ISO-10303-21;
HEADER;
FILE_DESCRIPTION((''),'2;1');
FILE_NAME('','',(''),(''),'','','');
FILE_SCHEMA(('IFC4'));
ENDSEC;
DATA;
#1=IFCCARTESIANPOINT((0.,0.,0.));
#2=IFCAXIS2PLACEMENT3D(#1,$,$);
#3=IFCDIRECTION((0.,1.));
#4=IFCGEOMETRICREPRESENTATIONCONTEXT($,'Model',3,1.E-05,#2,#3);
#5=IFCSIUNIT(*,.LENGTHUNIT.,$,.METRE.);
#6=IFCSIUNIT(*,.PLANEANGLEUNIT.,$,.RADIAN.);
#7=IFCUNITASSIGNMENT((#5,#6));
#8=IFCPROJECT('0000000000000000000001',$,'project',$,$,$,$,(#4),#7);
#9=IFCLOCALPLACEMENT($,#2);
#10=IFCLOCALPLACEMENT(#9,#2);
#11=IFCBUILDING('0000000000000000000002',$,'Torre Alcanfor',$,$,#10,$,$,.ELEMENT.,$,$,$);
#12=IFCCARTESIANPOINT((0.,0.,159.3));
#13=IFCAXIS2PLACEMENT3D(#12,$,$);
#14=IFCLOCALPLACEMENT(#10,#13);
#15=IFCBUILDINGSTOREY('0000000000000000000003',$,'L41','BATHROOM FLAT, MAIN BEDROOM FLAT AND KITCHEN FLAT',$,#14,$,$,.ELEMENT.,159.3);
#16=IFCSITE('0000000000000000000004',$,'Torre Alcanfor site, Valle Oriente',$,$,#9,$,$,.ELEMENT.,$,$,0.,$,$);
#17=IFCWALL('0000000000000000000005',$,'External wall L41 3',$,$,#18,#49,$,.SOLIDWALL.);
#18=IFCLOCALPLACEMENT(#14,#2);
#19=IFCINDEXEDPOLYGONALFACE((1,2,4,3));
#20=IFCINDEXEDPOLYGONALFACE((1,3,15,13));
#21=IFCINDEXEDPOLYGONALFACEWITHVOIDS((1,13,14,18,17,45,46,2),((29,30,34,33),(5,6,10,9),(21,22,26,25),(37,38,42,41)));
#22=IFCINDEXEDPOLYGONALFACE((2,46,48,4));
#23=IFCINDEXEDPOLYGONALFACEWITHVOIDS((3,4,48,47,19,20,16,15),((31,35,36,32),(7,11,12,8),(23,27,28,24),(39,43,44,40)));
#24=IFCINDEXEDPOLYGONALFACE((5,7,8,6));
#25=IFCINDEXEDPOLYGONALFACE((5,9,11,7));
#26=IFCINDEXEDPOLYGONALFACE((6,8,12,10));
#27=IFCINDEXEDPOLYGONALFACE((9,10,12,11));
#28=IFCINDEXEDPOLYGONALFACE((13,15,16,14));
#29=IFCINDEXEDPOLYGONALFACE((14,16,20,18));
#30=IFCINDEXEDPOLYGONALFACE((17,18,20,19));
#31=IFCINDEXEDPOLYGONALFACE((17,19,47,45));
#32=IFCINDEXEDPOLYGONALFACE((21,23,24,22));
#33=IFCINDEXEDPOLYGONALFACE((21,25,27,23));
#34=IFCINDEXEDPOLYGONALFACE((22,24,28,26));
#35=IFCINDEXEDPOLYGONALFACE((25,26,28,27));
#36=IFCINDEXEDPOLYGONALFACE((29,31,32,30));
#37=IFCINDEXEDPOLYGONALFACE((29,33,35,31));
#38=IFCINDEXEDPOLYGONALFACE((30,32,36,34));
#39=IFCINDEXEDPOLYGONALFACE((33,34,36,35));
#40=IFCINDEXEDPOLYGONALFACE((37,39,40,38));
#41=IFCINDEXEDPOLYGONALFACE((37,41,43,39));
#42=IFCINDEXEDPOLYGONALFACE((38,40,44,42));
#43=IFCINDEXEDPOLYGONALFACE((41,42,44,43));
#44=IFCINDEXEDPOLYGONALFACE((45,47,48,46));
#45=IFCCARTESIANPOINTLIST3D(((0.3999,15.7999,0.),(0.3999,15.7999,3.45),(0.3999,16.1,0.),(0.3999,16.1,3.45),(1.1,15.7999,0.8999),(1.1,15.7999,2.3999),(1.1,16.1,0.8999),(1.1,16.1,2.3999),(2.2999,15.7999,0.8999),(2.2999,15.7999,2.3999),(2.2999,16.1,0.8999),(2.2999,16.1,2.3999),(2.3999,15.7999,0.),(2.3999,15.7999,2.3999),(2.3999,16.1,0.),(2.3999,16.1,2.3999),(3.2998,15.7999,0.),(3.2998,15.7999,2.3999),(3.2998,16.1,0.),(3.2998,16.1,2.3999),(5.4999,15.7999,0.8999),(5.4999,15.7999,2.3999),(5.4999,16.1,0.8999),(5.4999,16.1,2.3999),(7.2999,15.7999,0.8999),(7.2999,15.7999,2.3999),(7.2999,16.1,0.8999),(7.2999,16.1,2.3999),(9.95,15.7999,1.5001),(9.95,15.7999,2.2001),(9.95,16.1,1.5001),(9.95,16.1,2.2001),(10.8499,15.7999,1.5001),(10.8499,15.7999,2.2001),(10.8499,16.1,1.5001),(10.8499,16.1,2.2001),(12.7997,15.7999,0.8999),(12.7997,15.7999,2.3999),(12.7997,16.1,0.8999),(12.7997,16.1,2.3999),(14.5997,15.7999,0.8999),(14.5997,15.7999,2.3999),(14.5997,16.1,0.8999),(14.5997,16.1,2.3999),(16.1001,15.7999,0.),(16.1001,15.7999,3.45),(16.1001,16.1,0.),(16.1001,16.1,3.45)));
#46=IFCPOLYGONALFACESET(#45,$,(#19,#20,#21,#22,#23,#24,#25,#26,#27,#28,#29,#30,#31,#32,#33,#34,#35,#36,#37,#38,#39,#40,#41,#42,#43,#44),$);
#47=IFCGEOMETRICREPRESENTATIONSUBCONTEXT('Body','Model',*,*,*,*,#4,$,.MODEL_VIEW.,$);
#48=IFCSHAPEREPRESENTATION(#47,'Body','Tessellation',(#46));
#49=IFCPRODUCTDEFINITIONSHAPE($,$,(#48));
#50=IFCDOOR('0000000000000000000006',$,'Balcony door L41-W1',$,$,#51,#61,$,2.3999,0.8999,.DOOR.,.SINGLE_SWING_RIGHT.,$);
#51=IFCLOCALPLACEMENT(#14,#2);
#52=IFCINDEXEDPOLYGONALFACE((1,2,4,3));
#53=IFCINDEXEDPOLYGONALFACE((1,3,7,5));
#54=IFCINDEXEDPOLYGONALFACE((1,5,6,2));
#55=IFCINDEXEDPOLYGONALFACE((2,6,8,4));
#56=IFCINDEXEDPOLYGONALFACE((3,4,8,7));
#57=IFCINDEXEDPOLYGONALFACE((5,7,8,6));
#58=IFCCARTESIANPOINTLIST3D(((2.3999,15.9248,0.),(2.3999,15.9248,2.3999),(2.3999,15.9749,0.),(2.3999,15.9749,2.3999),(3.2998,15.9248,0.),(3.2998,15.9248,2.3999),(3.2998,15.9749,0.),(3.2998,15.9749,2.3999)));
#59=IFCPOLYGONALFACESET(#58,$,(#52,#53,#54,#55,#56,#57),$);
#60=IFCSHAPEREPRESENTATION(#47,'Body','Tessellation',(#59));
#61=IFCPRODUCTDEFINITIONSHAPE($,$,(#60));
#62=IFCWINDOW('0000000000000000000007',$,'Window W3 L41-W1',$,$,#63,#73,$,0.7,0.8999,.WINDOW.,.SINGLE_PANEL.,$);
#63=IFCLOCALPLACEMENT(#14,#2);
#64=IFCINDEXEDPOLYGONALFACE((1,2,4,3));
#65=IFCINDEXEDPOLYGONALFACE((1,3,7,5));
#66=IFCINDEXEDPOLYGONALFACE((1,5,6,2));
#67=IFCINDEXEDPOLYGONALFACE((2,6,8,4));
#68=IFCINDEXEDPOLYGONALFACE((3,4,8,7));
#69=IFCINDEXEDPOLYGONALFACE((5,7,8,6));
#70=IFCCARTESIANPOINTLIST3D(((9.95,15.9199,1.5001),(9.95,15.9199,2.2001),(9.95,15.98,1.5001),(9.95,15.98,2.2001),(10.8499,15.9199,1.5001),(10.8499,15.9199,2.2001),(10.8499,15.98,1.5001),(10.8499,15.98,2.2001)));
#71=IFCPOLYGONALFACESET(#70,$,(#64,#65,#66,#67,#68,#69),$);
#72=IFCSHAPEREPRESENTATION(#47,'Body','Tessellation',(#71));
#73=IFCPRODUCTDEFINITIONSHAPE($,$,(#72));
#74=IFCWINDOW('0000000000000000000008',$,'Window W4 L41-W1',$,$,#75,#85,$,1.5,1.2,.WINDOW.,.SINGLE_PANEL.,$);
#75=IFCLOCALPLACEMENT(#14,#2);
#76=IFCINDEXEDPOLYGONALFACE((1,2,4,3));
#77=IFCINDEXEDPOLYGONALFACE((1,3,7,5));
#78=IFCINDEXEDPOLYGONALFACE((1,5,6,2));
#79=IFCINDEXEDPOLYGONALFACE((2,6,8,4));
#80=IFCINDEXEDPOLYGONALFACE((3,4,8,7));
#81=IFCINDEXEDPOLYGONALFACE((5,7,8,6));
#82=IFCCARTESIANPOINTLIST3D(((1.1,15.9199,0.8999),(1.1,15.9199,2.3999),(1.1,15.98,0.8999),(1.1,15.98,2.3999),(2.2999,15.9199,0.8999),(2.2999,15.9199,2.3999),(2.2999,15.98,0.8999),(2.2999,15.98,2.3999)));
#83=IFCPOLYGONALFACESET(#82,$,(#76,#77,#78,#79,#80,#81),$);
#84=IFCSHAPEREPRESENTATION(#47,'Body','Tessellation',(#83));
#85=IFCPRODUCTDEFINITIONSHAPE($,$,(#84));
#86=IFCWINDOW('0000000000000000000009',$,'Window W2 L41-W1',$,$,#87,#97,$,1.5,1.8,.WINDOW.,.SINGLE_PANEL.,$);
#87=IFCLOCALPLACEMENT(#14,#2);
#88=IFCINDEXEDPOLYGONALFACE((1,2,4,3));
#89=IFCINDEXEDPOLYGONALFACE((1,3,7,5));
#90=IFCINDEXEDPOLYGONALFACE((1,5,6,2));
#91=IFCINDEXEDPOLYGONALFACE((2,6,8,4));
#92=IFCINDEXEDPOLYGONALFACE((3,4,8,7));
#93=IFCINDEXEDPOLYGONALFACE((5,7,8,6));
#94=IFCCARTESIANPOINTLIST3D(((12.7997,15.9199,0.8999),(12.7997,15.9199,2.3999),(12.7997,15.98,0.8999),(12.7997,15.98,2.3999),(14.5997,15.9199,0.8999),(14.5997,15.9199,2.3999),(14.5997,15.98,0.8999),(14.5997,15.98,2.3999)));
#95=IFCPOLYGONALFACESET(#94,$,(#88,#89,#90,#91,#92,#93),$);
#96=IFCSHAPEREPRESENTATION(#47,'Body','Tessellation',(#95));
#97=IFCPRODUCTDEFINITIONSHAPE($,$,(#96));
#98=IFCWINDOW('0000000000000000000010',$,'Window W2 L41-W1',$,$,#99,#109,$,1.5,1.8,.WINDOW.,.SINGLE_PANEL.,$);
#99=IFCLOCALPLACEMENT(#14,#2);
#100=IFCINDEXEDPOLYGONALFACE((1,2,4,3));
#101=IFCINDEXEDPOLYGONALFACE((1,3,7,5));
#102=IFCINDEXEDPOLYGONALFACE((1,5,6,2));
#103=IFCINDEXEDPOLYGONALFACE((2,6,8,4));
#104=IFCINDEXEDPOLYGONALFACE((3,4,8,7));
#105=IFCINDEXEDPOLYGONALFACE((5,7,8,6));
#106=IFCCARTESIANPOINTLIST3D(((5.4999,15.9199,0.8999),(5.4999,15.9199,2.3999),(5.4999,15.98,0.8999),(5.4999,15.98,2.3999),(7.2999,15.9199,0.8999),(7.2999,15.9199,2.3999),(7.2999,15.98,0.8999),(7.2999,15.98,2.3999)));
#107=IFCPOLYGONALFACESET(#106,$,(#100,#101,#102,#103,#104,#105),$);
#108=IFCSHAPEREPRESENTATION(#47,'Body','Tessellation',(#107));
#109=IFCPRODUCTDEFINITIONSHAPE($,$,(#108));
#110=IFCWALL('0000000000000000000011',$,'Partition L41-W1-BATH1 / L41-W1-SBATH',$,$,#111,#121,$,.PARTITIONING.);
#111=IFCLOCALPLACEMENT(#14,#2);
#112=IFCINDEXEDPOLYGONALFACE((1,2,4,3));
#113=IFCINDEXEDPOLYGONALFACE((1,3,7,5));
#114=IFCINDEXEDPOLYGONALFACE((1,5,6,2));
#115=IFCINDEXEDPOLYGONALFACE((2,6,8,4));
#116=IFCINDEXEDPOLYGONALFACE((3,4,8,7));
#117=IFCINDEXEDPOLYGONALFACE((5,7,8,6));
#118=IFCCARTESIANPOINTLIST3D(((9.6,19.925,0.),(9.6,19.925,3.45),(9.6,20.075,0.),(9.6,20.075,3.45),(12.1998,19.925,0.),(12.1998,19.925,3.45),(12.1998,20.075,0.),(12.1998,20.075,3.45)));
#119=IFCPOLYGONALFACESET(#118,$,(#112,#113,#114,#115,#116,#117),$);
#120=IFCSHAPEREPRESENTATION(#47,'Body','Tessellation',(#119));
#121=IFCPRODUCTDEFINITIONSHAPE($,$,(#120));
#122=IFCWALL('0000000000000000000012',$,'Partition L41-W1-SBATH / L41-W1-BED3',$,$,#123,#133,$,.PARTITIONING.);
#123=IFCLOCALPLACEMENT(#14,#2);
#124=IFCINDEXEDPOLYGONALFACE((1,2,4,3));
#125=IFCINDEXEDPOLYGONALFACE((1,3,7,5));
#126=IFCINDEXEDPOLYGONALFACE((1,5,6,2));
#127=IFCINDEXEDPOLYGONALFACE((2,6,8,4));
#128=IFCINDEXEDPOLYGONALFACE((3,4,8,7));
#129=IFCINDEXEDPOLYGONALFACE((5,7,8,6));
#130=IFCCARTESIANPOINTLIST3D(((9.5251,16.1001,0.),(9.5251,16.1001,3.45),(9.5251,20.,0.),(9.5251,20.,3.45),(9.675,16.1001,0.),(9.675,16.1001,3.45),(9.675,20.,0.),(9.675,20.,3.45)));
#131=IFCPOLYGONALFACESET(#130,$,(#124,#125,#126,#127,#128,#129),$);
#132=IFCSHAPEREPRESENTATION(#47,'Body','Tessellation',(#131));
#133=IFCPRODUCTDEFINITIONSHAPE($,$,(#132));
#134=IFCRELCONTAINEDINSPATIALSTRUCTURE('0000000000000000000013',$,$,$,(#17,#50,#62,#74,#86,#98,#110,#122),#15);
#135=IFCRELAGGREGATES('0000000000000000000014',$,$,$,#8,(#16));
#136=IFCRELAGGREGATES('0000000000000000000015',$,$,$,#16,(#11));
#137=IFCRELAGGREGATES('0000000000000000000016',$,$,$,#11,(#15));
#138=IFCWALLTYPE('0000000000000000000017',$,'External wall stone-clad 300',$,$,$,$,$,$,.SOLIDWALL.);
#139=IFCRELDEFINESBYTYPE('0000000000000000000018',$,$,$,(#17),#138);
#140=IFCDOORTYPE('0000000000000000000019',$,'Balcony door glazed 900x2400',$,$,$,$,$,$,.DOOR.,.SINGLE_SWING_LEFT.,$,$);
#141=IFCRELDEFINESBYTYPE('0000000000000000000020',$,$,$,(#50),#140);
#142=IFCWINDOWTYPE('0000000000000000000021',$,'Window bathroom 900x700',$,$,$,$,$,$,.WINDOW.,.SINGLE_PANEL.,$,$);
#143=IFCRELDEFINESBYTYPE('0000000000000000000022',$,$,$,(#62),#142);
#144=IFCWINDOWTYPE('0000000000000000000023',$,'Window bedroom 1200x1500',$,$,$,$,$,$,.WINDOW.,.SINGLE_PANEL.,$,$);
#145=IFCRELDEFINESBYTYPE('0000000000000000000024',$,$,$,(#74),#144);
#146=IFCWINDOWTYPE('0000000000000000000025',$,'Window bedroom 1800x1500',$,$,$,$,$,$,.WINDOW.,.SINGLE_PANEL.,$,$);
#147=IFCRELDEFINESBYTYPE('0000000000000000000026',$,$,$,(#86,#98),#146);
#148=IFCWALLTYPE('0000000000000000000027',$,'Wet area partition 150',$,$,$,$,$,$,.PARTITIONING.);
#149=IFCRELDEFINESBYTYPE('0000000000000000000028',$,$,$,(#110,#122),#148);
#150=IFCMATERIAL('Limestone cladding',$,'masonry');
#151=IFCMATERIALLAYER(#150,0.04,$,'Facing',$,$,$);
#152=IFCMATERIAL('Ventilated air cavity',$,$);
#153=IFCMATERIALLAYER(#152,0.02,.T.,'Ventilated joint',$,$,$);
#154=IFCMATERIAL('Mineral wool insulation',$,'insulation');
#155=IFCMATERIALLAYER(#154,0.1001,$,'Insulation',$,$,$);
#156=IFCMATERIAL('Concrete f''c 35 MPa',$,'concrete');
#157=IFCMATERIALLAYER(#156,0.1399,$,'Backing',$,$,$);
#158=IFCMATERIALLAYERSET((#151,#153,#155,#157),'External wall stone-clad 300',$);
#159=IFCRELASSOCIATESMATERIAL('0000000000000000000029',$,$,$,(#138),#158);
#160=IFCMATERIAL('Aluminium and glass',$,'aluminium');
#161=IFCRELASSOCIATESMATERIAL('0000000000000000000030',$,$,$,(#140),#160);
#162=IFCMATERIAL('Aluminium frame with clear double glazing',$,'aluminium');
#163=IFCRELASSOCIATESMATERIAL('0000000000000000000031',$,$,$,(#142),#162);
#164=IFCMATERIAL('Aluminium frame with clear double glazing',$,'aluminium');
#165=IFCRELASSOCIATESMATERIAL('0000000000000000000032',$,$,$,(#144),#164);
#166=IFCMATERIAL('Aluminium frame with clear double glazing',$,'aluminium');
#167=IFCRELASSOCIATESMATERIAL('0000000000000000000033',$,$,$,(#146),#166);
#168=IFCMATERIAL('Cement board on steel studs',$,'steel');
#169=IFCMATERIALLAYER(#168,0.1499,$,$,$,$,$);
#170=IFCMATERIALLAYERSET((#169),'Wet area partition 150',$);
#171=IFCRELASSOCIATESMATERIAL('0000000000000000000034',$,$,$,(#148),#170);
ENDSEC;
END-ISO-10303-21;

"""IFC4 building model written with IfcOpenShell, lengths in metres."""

from ifc_helpers import new_model, si_unit, direction, frame, frame_2d, origin, place, context, subcontext, project, spatial, rectangle, extrude, material, layer, layer_set, type_object, element, fill, save


model = new_model("IFC4")

# Units and contexts
model_context = context("Model", 3, precision=1e-05, world=origin(), true_north=direction((0.0, 1.0)))
body_context = subcontext(model_context, "Body", "Model", "MODEL_VIEW")
ifc_project = project(units=[si_unit("LENGTHUNIT", "METRE"), si_unit("PLANEANGLEUNIT", "RADIAN")], contexts=[model_context])

# Site, building, storey
site_placement = place(None, origin())
site = spatial("IfcSite", under=ifc_project, at=site_placement, Name="Torre Alcanfor site, Valle Oriente", CompositionType="ELEMENT", RefElevation=0.0)
building_placement = place(site_placement, origin())
building = spatial("IfcBuilding", under=site, at=building_placement, Name="Torre Alcanfor", CompositionType="ELEMENT")
storey_placement = place(building_placement, frame((0.0, 0.0, 159.3)))
storey = spatial("IfcBuildingStorey", under=building, at=storey_placement, Name="L41", Description="BATHROOM FLAT, MAIN BEDROOM FLAT AND KITCHEN FLAT", CompositionType="ELEMENT", Elevation=159.3)

# Wall, openings, door, windows
ifc_material_1 = material(Name="Limestone cladding", Category="masonry")
ifc_layer_1 = layer(ifc_material_1, 0.04, Name="Facing")
ifc_material_2 = material(Name="Ventilated air cavity")
ifc_layer_2 = layer(ifc_material_2, 0.02, ventilated=True, Name="Ventilated joint")
ifc_material_3 = material(Name="Mineral wool insulation", Category="insulation")
ifc_layer_3 = layer(ifc_material_3, 0.1001, Name="Insulation")
ifc_material_4 = material(Name="Concrete f'c 35 MPa", Category="concrete")
ifc_layer_4 = layer(ifc_material_4, 0.1399, Name="Backing")
ifc_layer_set_1 = layer_set([ifc_layer_1, ifc_layer_2, ifc_layer_3, ifc_layer_4], Name="External wall stone-clad 300")
wall_type_1 = type_object("IfcWallType", Name="External wall stone-clad 300", PredefinedType="SOLIDWALL", material=ifc_layer_set_1)
wall_1_placement = place(storey_placement, frame((0.3999, 15.95, 0.0), z_axis=(0.0, 0.0, 1.0), x_axis=(1.0, 0.0, 0.0)))
wall_1 = element("IfcWall", 1, at=wall_1_placement, inside=storey, type_object=wall_type_1, Name="External wall L41 3", PredefinedType="SOLIDWALL", context=body_context, shape_type="SweptSolid", body=[
    extrude(rectangle(XDim=15.7002, YDim=0.3, at=frame_2d((7.8501, 0.0))), origin(), (0.0, 0.0, 1.0), 3.45),
])
opening_1_placement = place(wall_1_placement, frame((12.3999, 0.0, 0.8999)))
opening_1 = element("IfcOpeningElement", 2, at=opening_1_placement, cuts=wall_1, PredefinedType="OPENING", context=body_context, shape_type="SweptSolid", body=[
    extrude(rectangle(XDim=1.8, YDim=1.5, at=frame_2d((0.8999, 0.75))), frame((0.0, 0.1599, 0.0), z_axis=(0.0, -1.0, 0.0), x_axis=(1.0, 0.0, 0.0)), (0.0, 0.0, 1.0), 0.3201),
])
opening_2_placement = place(wall_1_placement, frame((9.55, 0.0, 1.5)))
opening_2 = element("IfcOpeningElement", 3, at=opening_2_placement, cuts=wall_1, PredefinedType="OPENING", context=body_context, shape_type="SweptSolid", body=[
    extrude(rectangle(XDim=0.8999, YDim=0.7, at=frame_2d((0.45, 0.3501))), frame((0.0, 0.1599, 0.0), z_axis=(0.0, -1.0, 0.0), x_axis=(1.0, 0.0, 0.0)), (0.0, 0.0, 1.0), 0.3201),
])
opening_3_placement = place(wall_1_placement, frame((5.1001, 0.0, 0.8999)))
opening_3 = element("IfcOpeningElement", 4, at=opening_3_placement, cuts=wall_1, PredefinedType="OPENING", context=body_context, shape_type="SweptSolid", body=[
    extrude(rectangle(XDim=1.8, YDim=1.5, at=frame_2d((0.8999, 0.75))), frame((0.0, 0.1599, 0.0), z_axis=(0.0, -1.0, 0.0), x_axis=(1.0, 0.0, 0.0)), (0.0, 0.0, 1.0), 0.3201),
])
opening_4_placement = place(wall_1_placement, frame((2.0, 0.0, 0.0)))
opening_4 = element("IfcOpeningElement", 5, at=opening_4_placement, cuts=wall_1, PredefinedType="OPENING", context=body_context, shape_type="SweptSolid", body=[
    extrude(rectangle(XDim=0.8999, YDim=2.3999, at=frame_2d((0.45, 1.2))), frame((0.0, 0.1599, 0.0), z_axis=(0.0, -1.0, 0.0), x_axis=(1.0, 0.0, 0.0)), (0.0, 0.0, 1.0), 0.3201),
])
opening_5_placement = place(wall_1_placement, frame((0.7, 0.0, 0.8999)))
opening_5 = element("IfcOpeningElement", 6, at=opening_5_placement, cuts=wall_1, PredefinedType="OPENING", context=body_context, shape_type="SweptSolid", body=[
    extrude(rectangle(XDim=1.2, YDim=1.5, at=frame_2d((0.6001, 0.75))), frame((0.0, 0.1599, 0.0), z_axis=(0.0, -1.0, 0.0), x_axis=(1.0, 0.0, 0.0)), (0.0, 0.0, 1.0), 0.3201),
])
ifc_material_5 = material(Name="Aluminium and glass", Category="aluminium")
door_type = type_object("IfcDoorType", Name="Balcony door glazed 900x2400", OperationType="SINGLE_SWING_LEFT", PredefinedType="DOOR", material=ifc_material_5)
door_placement = place(opening_4_placement, origin())
door = element("IfcDoor", 7, at=door_placement, inside=storey, type_object=door_type, Name="Balcony door L41-W1", OperationType="SINGLE_SWING_RIGHT", OverallHeight=2.3999, OverallWidth=0.8999, PredefinedType="DOOR", context=body_context, shape_type="SweptSolid", body=[
    extrude(rectangle(XDim=0.8999, YDim=2.3999, at=frame_2d((0.45, 1.2))), frame((0.0, 0.0249, 0.0), z_axis=(0.0, -1.0, 0.0), x_axis=(1.0, 0.0, 0.0)), (0.0, 0.0, 1.0), 0.05),
])
fill(opening_4, door)
ifc_material_6 = material(Name="Aluminium frame with clear double glazing", Category="aluminium")
window_type_1 = type_object("IfcWindowType", Name="Window bathroom 900x700", PartitioningType="SINGLE_PANEL", PredefinedType="WINDOW", material=ifc_material_6)
window_1_placement = place(opening_2_placement, origin())
window_1 = element("IfcWindow", 8, at=window_1_placement, inside=storey, type_object=window_type_1, Name="Window W3 L41-W1", OverallHeight=0.7, OverallWidth=0.8999, PartitioningType="SINGLE_PANEL", PredefinedType="WINDOW", context=body_context, shape_type="SweptSolid", body=[
    extrude(rectangle(XDim=0.8999, YDim=0.7, at=frame_2d((0.45, 0.3501))), frame((0.0, 0.03, 0.0), z_axis=(0.0, -1.0, 0.0), x_axis=(1.0, 0.0, 0.0)), (0.0, 0.0, 1.0), 0.0601),
])
fill(opening_2, window_1)
ifc_material_7 = material(Name="Aluminium frame with clear double glazing", Category="aluminium")
window_type_2 = type_object("IfcWindowType", Name="Window bedroom 1200x1500", PartitioningType="SINGLE_PANEL", PredefinedType="WINDOW", material=ifc_material_7)
window_2_placement = place(opening_5_placement, origin())
window_2 = element("IfcWindow", 9, at=window_2_placement, inside=storey, type_object=window_type_2, Name="Window W4 L41-W1", OverallHeight=1.5, OverallWidth=1.2, PartitioningType="SINGLE_PANEL", PredefinedType="WINDOW", context=body_context, shape_type="SweptSolid", body=[
    extrude(rectangle(XDim=1.2, YDim=1.5, at=frame_2d((0.6001, 0.75))), frame((0.0, 0.03, 0.0), z_axis=(0.0, -1.0, 0.0), x_axis=(1.0, 0.0, 0.0)), (0.0, 0.0, 1.0), 0.0601),
])
fill(opening_5, window_2)
ifc_material_8 = material(Name="Aluminium frame with clear double glazing", Category="aluminium")
window_type_3 = type_object("IfcWindowType", Name="Window bedroom 1800x1500", PartitioningType="SINGLE_PANEL", PredefinedType="WINDOW", material=ifc_material_8)
window_3_placement = place(opening_1_placement, origin())
window_3 = element("IfcWindow", 10, at=window_3_placement, inside=storey, type_object=window_type_3, Name="Window W2 L41-W1", OverallHeight=1.5, OverallWidth=1.8, PartitioningType="SINGLE_PANEL", PredefinedType="WINDOW", context=body_context, shape_type="SweptSolid", body=[
    extrude(rectangle(XDim=1.8, YDim=1.5, at=frame_2d((0.8999, 0.75))), frame((0.0, 0.03, 0.0), z_axis=(0.0, -1.0, 0.0), x_axis=(1.0, 0.0, 0.0)), (0.0, 0.0, 1.0), 0.0601),
])
fill(opening_1, window_3)
window_4_placement = place(opening_3_placement, origin())
window_4 = element("IfcWindow", 11, at=window_4_placement, inside=storey, type_object=window_type_3, Name="Window W2 L41-W1", OverallHeight=1.5, OverallWidth=1.8, PartitioningType="SINGLE_PANEL", PredefinedType="WINDOW", context=body_context, shape_type="SweptSolid", body=[
    extrude(rectangle(XDim=1.8, YDim=1.5, at=frame_2d((0.8999, 0.75))), frame((0.0, 0.03, 0.0), z_axis=(0.0, -1.0, 0.0), x_axis=(1.0, 0.0, 0.0)), (0.0, 0.0, 1.0), 0.0601),
])
fill(opening_3, window_4)

# Walls
ifc_material_9 = material(Name="Cement board on steel studs", Category="steel")
ifc_layer_5 = layer(ifc_material_9, 0.1499)
ifc_layer_set_2 = layer_set([ifc_layer_5], Name="Wet area partition 150")
wall_type_2 = type_object("IfcWallType", Name="Wet area partition 150", PredefinedType="PARTITIONING", material=ifc_layer_set_2)
wall_2_placement = place(storey_placement, frame((9.6001, 20.0, 0.0), z_axis=(0.0, 0.0, 1.0), x_axis=(1.0, 0.0, 0.0)))
element("IfcWall", 12, at=wall_2_placement, inside=storey, type_object=wall_type_2, Name="Partition L41-W1-BATH1 / L41-W1-SBATH", PredefinedType="PARTITIONING", context=body_context, shape_type="SweptSolid", body=[
    extrude(rectangle(XDim=2.5999, YDim=0.1499, at=frame_2d((1.2998, 0.0))), origin(), (0.0, 0.0, 1.0), 3.45),
])
wall_3_placement = place(storey_placement, frame((9.6001, 20.0, 0.0), z_axis=(0.0, 0.0, 1.0), x_axis=(0.0, -1.0, 0.0)))
element("IfcWall", 13, at=wall_3_placement, inside=storey, type_object=wall_type_2, Name="Partition L41-W1-SBATH / L41-W1-BED3", PredefinedType="PARTITIONING", context=body_context, shape_type="SweptSolid", body=[
    extrude(rectangle(XDim=3.8999, YDim=0.1499, at=frame_2d((1.95, 0.0))), origin(), (0.0, 0.0, 1.0), 3.45),
])

save(model, "model.ifc")
